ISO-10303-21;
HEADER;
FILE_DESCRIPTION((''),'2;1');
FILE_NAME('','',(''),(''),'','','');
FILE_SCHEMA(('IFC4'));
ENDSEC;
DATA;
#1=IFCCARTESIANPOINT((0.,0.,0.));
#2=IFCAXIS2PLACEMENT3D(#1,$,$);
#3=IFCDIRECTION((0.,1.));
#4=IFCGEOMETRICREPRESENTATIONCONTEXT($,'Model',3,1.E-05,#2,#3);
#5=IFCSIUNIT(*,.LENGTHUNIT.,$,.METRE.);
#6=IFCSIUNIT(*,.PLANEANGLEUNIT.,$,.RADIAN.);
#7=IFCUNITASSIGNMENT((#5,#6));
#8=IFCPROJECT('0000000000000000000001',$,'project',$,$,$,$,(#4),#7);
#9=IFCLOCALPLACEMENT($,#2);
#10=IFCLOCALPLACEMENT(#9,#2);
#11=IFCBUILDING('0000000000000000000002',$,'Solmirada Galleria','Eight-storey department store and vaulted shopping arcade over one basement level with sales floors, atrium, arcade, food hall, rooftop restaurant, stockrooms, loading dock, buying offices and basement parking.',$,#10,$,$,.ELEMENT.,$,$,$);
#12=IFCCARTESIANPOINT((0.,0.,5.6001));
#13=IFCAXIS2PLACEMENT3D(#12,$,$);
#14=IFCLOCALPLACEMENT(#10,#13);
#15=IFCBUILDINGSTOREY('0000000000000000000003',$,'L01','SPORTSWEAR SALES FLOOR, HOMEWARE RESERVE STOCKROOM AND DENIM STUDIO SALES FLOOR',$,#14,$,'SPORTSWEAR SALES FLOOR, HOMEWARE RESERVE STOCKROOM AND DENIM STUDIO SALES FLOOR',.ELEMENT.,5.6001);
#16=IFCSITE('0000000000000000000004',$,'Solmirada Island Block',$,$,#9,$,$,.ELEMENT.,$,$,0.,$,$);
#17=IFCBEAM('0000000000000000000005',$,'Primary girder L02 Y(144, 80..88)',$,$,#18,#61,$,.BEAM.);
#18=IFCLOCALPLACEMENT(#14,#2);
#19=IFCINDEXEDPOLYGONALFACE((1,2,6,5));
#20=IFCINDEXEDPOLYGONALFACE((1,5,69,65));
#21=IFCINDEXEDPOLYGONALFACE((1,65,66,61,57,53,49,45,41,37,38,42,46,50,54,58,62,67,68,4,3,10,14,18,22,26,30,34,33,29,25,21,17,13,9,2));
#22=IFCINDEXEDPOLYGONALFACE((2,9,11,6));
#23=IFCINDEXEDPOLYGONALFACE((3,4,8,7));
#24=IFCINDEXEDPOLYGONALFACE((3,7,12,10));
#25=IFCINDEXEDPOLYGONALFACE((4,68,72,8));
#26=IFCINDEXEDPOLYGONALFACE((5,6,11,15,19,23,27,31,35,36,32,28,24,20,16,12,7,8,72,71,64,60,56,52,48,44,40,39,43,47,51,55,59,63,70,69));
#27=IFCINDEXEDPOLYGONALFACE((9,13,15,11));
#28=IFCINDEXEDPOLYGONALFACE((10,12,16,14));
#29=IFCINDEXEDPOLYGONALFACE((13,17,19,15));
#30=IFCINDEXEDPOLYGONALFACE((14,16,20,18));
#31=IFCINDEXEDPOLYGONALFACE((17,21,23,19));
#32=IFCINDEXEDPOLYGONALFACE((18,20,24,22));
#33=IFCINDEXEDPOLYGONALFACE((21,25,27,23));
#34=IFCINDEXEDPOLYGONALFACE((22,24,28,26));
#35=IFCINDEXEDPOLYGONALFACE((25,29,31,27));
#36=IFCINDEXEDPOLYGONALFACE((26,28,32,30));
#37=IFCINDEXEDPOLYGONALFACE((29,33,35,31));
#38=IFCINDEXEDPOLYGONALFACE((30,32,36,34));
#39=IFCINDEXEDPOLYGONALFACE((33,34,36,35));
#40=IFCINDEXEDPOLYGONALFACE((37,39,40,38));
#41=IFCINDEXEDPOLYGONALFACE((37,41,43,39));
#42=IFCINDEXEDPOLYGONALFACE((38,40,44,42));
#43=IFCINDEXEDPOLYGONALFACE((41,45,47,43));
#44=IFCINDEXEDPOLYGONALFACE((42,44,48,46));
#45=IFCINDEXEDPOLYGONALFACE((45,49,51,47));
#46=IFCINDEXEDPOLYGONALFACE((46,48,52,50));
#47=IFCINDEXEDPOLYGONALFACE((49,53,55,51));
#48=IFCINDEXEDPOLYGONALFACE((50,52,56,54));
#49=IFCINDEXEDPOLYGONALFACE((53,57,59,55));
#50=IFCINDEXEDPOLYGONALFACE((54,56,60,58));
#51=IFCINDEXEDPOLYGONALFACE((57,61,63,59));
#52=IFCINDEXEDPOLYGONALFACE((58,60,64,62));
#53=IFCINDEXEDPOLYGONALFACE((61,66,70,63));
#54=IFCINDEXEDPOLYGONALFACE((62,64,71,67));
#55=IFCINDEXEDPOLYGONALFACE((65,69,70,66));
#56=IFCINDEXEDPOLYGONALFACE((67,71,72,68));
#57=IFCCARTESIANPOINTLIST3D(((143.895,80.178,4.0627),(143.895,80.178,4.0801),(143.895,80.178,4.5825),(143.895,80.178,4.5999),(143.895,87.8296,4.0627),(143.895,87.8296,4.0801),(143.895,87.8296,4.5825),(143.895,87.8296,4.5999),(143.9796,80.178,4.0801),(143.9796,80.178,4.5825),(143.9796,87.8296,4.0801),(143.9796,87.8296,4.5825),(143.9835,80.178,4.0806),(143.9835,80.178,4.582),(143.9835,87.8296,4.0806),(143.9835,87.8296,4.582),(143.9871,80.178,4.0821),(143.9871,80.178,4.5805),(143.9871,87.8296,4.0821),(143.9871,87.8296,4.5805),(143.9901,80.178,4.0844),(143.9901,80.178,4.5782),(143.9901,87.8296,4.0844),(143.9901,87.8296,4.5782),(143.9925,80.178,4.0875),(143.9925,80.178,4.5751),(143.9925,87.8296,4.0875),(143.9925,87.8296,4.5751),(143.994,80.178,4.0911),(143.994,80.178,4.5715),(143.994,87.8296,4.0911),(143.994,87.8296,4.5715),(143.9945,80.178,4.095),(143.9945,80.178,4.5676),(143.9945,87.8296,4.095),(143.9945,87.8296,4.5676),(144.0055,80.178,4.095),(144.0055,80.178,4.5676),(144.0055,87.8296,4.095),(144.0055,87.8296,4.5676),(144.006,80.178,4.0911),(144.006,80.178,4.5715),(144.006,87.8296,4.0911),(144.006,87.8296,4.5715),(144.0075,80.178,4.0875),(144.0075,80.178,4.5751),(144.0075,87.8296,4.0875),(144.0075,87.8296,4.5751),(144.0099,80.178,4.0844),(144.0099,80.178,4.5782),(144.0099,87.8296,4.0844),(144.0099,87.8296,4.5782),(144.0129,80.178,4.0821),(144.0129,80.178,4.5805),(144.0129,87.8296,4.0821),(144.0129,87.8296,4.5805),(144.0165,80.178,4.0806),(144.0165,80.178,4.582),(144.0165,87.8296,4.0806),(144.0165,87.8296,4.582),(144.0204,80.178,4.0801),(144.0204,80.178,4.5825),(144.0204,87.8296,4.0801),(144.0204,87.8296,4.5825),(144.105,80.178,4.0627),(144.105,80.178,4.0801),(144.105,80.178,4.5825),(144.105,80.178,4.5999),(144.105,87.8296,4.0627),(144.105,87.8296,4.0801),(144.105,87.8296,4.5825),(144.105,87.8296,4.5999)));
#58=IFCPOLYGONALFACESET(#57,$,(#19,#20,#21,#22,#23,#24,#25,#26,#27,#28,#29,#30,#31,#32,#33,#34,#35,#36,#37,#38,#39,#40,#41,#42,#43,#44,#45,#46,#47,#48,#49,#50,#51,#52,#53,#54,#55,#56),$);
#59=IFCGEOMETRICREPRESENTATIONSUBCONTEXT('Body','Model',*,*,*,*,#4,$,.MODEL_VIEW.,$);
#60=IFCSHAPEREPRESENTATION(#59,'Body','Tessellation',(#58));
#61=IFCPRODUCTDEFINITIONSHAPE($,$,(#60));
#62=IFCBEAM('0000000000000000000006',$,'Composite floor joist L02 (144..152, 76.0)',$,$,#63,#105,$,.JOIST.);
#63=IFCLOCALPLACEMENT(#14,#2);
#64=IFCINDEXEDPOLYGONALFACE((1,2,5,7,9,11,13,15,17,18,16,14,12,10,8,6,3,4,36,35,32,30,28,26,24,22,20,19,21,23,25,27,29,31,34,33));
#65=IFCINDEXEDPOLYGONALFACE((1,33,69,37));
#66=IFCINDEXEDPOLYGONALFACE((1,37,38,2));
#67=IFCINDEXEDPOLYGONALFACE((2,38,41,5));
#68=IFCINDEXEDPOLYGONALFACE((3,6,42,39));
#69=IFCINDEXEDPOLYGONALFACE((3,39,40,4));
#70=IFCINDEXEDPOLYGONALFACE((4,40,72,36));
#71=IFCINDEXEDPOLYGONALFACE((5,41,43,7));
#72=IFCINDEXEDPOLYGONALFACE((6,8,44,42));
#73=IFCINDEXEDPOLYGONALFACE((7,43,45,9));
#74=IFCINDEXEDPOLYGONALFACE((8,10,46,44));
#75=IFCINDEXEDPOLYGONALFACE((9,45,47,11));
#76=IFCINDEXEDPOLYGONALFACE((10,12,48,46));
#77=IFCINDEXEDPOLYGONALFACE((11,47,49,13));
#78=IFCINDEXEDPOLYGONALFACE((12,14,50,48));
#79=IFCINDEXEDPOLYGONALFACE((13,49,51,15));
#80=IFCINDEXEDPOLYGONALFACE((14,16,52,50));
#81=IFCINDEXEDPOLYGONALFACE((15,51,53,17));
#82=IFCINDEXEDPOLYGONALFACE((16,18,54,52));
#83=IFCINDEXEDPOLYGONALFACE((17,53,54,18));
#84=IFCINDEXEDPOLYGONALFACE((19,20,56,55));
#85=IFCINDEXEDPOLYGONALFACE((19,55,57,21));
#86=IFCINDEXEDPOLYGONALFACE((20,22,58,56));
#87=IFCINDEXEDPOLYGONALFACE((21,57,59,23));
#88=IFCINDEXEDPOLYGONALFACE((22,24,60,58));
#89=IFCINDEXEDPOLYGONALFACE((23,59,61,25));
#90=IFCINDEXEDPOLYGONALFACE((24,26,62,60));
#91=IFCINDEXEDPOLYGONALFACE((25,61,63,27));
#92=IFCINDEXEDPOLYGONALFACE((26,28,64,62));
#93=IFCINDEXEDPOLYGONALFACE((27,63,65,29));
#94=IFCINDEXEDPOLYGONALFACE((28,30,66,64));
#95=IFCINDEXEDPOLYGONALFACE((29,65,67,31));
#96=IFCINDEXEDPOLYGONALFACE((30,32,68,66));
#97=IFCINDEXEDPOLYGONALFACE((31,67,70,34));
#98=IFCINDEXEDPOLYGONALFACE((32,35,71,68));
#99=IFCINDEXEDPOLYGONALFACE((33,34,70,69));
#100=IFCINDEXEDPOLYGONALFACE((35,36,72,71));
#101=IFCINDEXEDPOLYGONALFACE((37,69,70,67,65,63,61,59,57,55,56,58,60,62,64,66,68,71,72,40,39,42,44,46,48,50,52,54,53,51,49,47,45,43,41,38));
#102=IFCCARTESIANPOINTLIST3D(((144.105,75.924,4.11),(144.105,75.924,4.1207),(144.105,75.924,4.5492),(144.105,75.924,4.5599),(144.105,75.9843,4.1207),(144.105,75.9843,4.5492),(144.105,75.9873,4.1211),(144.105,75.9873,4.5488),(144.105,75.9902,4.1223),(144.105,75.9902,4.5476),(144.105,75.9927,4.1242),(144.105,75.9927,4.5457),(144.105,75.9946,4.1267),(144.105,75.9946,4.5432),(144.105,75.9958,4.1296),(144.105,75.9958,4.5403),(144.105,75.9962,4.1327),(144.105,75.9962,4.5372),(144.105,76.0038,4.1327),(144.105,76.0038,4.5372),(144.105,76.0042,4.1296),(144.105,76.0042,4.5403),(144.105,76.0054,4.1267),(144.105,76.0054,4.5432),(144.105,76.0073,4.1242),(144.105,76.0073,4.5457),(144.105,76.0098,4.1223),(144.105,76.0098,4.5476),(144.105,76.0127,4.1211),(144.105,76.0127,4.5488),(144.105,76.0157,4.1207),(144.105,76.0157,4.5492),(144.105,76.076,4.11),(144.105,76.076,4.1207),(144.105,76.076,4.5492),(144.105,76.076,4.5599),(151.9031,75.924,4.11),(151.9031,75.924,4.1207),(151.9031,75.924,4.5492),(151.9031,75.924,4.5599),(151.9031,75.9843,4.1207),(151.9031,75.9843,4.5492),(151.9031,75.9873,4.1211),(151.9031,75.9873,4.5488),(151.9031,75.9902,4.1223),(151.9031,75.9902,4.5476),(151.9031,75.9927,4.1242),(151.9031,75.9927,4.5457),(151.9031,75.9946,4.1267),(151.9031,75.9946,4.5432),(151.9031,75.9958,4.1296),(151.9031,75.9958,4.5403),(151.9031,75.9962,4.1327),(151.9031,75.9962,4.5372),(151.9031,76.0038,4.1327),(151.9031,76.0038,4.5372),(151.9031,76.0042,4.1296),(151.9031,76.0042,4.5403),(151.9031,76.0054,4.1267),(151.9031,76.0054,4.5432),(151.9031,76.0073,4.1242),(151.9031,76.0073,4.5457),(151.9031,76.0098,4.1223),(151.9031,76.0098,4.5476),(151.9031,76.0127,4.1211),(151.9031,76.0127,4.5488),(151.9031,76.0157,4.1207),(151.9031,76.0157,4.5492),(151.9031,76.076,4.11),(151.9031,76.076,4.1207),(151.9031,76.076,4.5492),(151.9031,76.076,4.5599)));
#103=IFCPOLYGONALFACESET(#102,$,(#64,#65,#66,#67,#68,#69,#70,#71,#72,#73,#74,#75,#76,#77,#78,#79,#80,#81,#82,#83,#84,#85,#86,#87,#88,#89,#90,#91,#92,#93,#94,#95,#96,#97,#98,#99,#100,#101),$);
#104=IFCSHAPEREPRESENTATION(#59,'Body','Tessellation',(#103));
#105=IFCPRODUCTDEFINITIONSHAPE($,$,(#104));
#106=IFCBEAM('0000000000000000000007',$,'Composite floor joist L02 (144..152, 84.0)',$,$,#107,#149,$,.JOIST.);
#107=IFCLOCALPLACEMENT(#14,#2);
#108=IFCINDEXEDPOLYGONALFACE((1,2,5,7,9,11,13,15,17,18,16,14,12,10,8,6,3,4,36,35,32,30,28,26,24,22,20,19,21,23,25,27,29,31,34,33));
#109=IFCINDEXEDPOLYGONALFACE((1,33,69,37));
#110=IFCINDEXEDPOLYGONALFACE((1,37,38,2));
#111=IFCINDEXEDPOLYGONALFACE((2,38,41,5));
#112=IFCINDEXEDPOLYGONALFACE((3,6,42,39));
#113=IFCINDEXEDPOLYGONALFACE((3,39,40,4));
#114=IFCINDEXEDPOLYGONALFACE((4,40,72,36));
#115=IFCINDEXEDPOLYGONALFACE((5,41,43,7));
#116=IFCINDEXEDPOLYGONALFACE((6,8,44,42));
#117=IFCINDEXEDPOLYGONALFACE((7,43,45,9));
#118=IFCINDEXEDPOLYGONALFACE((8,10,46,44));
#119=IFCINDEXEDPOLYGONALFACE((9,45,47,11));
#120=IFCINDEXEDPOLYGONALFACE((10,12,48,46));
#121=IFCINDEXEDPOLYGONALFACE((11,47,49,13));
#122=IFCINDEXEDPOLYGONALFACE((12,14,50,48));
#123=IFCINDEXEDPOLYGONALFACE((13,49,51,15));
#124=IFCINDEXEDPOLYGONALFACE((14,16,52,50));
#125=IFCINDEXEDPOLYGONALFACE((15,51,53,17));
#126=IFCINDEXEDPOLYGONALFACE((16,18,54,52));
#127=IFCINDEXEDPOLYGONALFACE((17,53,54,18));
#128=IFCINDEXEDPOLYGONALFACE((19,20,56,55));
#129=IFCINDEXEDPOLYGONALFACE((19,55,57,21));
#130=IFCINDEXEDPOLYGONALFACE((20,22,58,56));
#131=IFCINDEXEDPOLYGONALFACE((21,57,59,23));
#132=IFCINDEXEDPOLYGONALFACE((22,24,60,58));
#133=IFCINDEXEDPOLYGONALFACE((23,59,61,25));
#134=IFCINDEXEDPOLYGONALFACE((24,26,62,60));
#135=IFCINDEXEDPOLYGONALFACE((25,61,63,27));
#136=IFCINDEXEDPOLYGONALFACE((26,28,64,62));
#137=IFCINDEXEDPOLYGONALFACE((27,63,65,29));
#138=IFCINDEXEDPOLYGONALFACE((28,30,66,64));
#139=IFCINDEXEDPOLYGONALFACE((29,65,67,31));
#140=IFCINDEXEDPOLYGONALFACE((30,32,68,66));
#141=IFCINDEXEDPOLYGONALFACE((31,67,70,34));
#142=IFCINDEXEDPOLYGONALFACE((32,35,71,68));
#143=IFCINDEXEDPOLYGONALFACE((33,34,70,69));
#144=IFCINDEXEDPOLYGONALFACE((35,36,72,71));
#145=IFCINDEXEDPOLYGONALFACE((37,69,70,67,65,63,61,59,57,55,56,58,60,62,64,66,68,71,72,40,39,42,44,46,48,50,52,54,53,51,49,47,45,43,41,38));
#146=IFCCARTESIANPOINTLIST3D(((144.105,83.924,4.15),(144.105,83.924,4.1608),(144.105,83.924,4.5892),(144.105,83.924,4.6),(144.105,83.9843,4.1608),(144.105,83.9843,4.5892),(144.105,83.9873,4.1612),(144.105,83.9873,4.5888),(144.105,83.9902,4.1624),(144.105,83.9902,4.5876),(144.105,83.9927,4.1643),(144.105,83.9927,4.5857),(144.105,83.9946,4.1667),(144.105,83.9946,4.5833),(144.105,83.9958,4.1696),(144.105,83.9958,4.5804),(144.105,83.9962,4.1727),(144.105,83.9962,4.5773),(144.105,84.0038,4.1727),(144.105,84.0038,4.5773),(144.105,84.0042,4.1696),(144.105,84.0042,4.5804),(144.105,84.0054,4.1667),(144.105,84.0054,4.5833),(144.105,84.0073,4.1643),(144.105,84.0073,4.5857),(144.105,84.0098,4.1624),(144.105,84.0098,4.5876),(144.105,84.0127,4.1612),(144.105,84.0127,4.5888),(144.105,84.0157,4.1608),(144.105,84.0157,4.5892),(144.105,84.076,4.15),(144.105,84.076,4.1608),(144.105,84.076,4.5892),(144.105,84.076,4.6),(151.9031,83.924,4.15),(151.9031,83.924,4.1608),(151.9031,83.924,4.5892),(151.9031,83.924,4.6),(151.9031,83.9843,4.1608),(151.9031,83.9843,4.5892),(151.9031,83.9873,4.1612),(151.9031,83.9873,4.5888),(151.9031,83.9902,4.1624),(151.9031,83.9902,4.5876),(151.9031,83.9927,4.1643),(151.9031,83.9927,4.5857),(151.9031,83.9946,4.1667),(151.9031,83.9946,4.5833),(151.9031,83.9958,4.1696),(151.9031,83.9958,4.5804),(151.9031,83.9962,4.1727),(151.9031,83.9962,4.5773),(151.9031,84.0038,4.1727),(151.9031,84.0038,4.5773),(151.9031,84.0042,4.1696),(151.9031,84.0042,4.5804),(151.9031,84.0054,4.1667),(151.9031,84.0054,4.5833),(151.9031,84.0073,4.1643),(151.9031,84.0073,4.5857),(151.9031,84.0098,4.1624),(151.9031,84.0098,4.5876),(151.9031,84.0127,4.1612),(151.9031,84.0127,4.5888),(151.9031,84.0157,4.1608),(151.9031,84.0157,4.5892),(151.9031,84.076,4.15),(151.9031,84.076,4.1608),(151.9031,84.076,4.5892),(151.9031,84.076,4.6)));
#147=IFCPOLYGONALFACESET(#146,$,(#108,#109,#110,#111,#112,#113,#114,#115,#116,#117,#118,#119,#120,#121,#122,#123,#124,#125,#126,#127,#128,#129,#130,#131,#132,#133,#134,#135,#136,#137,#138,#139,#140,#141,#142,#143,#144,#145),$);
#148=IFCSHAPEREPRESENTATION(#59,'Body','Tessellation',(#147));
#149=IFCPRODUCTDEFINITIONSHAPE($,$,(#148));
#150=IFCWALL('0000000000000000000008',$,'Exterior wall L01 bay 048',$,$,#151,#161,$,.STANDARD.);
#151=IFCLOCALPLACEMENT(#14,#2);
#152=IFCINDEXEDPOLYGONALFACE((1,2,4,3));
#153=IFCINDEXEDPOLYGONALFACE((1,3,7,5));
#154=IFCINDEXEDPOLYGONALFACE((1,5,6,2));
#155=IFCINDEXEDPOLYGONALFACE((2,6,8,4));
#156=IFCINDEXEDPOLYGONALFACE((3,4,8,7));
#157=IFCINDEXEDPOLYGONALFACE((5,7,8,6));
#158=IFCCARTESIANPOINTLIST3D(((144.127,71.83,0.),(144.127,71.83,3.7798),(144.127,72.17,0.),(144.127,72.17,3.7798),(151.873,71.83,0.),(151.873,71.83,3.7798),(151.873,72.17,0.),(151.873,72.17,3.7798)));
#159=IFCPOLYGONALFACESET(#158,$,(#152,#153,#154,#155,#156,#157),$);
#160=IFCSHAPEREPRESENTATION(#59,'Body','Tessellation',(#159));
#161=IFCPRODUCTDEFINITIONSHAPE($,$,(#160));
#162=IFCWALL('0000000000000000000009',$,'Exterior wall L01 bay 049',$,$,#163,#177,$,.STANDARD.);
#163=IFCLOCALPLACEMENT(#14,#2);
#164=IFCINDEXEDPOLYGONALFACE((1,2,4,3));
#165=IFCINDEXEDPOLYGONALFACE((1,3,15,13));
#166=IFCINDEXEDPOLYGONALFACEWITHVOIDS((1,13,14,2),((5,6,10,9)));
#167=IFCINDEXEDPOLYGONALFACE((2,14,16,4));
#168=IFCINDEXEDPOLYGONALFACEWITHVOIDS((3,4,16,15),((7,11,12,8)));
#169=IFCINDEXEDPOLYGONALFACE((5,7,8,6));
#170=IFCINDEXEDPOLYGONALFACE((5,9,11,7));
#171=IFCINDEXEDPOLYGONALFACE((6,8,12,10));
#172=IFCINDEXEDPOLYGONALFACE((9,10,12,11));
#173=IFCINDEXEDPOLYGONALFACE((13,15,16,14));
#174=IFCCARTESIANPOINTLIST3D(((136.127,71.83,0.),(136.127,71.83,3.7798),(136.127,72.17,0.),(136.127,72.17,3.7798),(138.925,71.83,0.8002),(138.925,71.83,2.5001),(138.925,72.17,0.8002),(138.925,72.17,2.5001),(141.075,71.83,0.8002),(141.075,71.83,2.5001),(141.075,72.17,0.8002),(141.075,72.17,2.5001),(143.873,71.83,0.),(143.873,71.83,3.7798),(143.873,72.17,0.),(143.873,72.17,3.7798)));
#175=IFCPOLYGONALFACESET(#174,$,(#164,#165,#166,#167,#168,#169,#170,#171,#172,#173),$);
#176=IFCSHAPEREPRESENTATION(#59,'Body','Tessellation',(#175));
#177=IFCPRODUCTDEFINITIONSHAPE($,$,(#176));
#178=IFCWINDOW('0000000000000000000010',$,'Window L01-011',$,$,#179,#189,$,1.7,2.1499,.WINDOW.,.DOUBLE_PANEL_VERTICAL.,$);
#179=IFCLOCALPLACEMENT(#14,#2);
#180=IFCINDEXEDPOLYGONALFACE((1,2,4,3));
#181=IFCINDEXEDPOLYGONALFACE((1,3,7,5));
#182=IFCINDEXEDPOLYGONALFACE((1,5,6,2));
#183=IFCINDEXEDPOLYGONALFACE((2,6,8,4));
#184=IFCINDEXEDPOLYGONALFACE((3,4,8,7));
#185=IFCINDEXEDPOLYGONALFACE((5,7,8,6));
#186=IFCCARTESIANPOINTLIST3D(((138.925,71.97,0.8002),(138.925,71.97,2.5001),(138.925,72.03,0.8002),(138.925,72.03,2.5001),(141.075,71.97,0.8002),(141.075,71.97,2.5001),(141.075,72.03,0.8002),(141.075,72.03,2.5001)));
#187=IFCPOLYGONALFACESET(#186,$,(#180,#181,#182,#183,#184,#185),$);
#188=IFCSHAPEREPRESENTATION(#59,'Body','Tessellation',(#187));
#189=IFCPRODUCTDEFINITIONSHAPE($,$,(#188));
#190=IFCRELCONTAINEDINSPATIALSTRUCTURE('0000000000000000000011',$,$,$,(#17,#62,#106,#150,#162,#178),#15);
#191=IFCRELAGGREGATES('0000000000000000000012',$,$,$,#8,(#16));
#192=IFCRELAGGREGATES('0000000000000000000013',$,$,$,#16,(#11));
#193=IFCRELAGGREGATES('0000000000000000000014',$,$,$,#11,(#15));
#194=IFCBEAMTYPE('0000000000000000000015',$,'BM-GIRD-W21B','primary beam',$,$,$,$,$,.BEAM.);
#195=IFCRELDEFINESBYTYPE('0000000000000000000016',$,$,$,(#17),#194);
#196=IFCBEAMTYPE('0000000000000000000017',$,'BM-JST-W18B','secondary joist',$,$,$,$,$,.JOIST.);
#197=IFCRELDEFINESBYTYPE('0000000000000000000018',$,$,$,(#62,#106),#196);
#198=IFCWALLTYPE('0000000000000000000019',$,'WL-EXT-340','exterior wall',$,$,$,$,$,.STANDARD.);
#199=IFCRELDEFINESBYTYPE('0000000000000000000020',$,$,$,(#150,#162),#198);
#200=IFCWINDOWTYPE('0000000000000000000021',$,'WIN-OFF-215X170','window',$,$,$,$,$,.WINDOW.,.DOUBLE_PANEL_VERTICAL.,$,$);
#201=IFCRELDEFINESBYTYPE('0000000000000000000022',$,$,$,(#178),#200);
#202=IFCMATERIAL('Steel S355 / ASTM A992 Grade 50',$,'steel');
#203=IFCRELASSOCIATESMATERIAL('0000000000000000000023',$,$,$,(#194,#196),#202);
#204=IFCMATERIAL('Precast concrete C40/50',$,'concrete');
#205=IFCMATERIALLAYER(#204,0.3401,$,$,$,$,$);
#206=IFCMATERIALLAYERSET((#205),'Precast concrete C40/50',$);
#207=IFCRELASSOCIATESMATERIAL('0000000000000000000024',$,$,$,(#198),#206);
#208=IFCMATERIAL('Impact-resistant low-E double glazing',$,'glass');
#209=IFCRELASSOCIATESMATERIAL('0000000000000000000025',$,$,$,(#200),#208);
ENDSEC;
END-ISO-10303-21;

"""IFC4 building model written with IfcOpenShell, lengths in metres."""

from ifc_helpers import new_model, si_unit, direction, frame, frame_2d, origin, origin_2d, place, context, subcontext, project, spatial, rectangle, i_section, extrude, material, layer, layer_set, material_profile, profile_set, type_object, element, fill, save


model = new_model("IFC4")

# Units and contexts
model_context = context("Model", 3, precision=1e-05, world=origin(), true_north=direction((0.0, 1.0)))
body_context = subcontext(model_context, "Body", "Model", "MODEL_VIEW")
ifc_project = project(units=[si_unit("LENGTHUNIT", "METRE"), si_unit("PLANEANGLEUNIT", "RADIAN")], contexts=[model_context])

# Site, building, storey
site_placement = place(None, origin())
site = spatial("IfcSite", under=ifc_project, at=site_placement, Name="Solmirada Island Block", CompositionType="ELEMENT", RefElevation=0.0)
building_placement = place(site_placement, origin())
building = spatial("IfcBuilding", under=site, at=building_placement, Name="Solmirada Galleria", Description="Eight-storey department store and vaulted shopping arcade over one basement level with sales floors, atrium, arcade, food hall, rooftop restaurant, stockrooms, loading dock, buying offices and basement parking.", CompositionType="ELEMENT")
storey_placement = place(building_placement, frame((0.0, 0.0, 5.6001)))
storey = spatial("IfcBuildingStorey", under=building, at=storey_placement, Name="L01", Description="SPORTSWEAR SALES FLOOR, HOMEWARE RESERVE STOCKROOM AND DENIM STUDIO SALES FLOOR", LongName="SPORTSWEAR SALES FLOOR, HOMEWARE RESERVE STOCKROOM AND DENIM STUDIO SALES FLOOR", CompositionType="ELEMENT", Elevation=5.6001)

# Beams
ifc_material_1 = material(Name="Steel S355 / ASTM A992 Grade 50", Category="steel")
ifc_material_profile_1 = material_profile(ifc_material_1, i_section(OverallWidth=0.21, OverallDepth=0.5371, WebThickness=0.011, FlangeThickness=0.0173, FilletRadius=0.0149, at=origin_2d()), Name="W21X68")
ifc_profile_set_1 = profile_set([ifc_material_profile_1], Name="Steel S355 / ASTM A992 Grade 50")
beam_type_1 = type_object("IfcBeamType", Name="BM-GIRD-W21B", Description="primary beam", PredefinedType="BEAM", material=ifc_profile_set_1)
beam_1_placement = place(storey_placement, frame((144.0, 80.178, 4.3313), z_axis=(0.0, 1.0, 0.0), x_axis=(-1.0, 0.0, 0.0)))
element("IfcBeam", 1, at=beam_1_placement, inside=storey, type_object=beam_type_1, Name="Primary girder L02 Y(144, 80..88)", PredefinedType="BEAM", context=body_context, shape_type="SweptSolid", body=[
    extrude(i_section(OverallWidth=0.21, OverallDepth=0.5371, WebThickness=0.011, FlangeThickness=0.0173, FilletRadius=0.0149, at=origin_2d()), origin(), (0.0, 0.0, 1.0), 7.6516),
])
ifc_material_profile_2 = material_profile(ifc_material_1, i_section(OverallWidth=0.1521, OverallDepth=0.45, WebThickness=0.0076, FlangeThickness=0.0107, FilletRadius=0.012, at=origin_2d()), Name="W18X35")
ifc_profile_set_2 = profile_set([ifc_material_profile_2], Name="Steel S355 / ASTM A992 Grade 50")
beam_type_2 = type_object("IfcBeamType", Name="BM-JST-W18B", Description="secondary joist", PredefinedType="JOIST", material=ifc_profile_set_2)
for number, where, z_axis, x_axis, name in (
    (2, (144.105, 76.0, 4.335), (1.0, 0.0, 0.0), (0.0, 1.0, 0.0), "Composite floor joist L02 (144..152, 76.0)"),
    (3, (144.105, 84.0, 4.375), (1.0, 0.0, 0.0), (0.0, 1.0, 0.0), "Composite floor joist L02 (144..152, 84.0)"),
):
    element("IfcBeam", number, at=place(storey_placement, frame(where, z_axis=z_axis, x_axis=x_axis)), inside=storey, type_object=beam_type_2, Name=name, PredefinedType="JOIST", context=body_context, shape_type="SweptSolid", body=[
        extrude(i_section(OverallWidth=0.1521, OverallDepth=0.45, WebThickness=0.0076, FlangeThickness=0.0107, FilletRadius=0.012, at=origin_2d()), origin(), (0.0, 0.0, 1.0), 7.7981),
    ])

# Wall
ifc_material_2 = material(Name="Precast concrete C40/50", Category="concrete")
ifc_layer_1 = layer(ifc_material_2, 0.3401)
ifc_layer_set_1 = layer_set([ifc_layer_1], Name="Precast concrete C40/50")
wall_type_1 = type_object("IfcWallType", Name="WL-EXT-340", Description="exterior wall", PredefinedType="STANDARD", material=ifc_layer_set_1)
wall_1_placement = place(storey_placement, frame((151.873, 72.0, 0.0), z_axis=(0.0, 0.0, 1.0), x_axis=(-1.0, 0.0, 0.0)))
element("IfcWall", 4, at=wall_1_placement, inside=storey, type_object=wall_type_1, Name="Exterior wall L01 bay 048", PredefinedType="STANDARD", context=body_context, shape_type="SweptSolid", body=[
    extrude(rectangle(XDim=7.7461, YDim=0.3401, at=frame_2d((3.873, 0.0))), origin(), (0.0, 0.0, 1.0), 3.7798),
])

# Wall, opening, window
wall_2_placement = place(storey_placement, frame((143.873, 72.0, 0.0), z_axis=(0.0, 0.0, 1.0), x_axis=(-1.0, 0.0, 0.0)))
wall_2 = element("IfcWall", 5, at=wall_2_placement, inside=storey, type_object=wall_type_1, Name="Exterior wall L01 bay 049", PredefinedType="STANDARD", context=body_context, shape_type="SweptSolid", body=[
    extrude(rectangle(XDim=7.7461, YDim=0.3401, at=frame_2d((3.873, 0.0))), origin(), (0.0, 0.0, 1.0), 3.7798),
])
opening_1_placement = place(wall_2_placement, frame((2.7981, 0.0, 0.8)))
opening_1 = element("IfcOpeningElement", 6, at=opening_1_placement, cuts=wall_2, PredefinedType="OPENING", context=body_context, shape_type="SweptSolid", body=[
    extrude(rectangle(XDim=2.1499, YDim=1.7, at=frame_2d((1.075, 0.8501))), frame((0.0, 0.1799, 0.0), z_axis=(0.0, -1.0, 0.0), x_axis=(1.0, 0.0, 0.0)), (0.0, 0.0, 1.0), 0.3601),
])
ifc_material_3 = material(Name="Impact-resistant low-E double glazing", Category="glass")
window_type = type_object("IfcWindowType", Name="WIN-OFF-215X170", Description="window", PartitioningType="DOUBLE_PANEL_VERTICAL", PredefinedType="WINDOW", material=ifc_material_3)
window_placement = place(opening_1_placement, origin())
window = element("IfcWindow", 7, at=window_placement, inside=storey, type_object=window_type, Name="Window L01-011", OverallHeight=1.7, OverallWidth=2.1499, PartitioningType="DOUBLE_PANEL_VERTICAL", PredefinedType="WINDOW", context=body_context, shape_type="SweptSolid", body=[
    extrude(rectangle(XDim=2.1499, YDim=1.7, at=frame_2d((1.075, 0.8501))), frame((0.0, 0.03, 0.0), z_axis=(0.0, -1.0, 0.0), x_axis=(1.0, 0.0, 0.0)), (0.0, 0.0, 1.0), 0.0601),
])
fill(opening_1, window)

save(model, "model.ifc")
